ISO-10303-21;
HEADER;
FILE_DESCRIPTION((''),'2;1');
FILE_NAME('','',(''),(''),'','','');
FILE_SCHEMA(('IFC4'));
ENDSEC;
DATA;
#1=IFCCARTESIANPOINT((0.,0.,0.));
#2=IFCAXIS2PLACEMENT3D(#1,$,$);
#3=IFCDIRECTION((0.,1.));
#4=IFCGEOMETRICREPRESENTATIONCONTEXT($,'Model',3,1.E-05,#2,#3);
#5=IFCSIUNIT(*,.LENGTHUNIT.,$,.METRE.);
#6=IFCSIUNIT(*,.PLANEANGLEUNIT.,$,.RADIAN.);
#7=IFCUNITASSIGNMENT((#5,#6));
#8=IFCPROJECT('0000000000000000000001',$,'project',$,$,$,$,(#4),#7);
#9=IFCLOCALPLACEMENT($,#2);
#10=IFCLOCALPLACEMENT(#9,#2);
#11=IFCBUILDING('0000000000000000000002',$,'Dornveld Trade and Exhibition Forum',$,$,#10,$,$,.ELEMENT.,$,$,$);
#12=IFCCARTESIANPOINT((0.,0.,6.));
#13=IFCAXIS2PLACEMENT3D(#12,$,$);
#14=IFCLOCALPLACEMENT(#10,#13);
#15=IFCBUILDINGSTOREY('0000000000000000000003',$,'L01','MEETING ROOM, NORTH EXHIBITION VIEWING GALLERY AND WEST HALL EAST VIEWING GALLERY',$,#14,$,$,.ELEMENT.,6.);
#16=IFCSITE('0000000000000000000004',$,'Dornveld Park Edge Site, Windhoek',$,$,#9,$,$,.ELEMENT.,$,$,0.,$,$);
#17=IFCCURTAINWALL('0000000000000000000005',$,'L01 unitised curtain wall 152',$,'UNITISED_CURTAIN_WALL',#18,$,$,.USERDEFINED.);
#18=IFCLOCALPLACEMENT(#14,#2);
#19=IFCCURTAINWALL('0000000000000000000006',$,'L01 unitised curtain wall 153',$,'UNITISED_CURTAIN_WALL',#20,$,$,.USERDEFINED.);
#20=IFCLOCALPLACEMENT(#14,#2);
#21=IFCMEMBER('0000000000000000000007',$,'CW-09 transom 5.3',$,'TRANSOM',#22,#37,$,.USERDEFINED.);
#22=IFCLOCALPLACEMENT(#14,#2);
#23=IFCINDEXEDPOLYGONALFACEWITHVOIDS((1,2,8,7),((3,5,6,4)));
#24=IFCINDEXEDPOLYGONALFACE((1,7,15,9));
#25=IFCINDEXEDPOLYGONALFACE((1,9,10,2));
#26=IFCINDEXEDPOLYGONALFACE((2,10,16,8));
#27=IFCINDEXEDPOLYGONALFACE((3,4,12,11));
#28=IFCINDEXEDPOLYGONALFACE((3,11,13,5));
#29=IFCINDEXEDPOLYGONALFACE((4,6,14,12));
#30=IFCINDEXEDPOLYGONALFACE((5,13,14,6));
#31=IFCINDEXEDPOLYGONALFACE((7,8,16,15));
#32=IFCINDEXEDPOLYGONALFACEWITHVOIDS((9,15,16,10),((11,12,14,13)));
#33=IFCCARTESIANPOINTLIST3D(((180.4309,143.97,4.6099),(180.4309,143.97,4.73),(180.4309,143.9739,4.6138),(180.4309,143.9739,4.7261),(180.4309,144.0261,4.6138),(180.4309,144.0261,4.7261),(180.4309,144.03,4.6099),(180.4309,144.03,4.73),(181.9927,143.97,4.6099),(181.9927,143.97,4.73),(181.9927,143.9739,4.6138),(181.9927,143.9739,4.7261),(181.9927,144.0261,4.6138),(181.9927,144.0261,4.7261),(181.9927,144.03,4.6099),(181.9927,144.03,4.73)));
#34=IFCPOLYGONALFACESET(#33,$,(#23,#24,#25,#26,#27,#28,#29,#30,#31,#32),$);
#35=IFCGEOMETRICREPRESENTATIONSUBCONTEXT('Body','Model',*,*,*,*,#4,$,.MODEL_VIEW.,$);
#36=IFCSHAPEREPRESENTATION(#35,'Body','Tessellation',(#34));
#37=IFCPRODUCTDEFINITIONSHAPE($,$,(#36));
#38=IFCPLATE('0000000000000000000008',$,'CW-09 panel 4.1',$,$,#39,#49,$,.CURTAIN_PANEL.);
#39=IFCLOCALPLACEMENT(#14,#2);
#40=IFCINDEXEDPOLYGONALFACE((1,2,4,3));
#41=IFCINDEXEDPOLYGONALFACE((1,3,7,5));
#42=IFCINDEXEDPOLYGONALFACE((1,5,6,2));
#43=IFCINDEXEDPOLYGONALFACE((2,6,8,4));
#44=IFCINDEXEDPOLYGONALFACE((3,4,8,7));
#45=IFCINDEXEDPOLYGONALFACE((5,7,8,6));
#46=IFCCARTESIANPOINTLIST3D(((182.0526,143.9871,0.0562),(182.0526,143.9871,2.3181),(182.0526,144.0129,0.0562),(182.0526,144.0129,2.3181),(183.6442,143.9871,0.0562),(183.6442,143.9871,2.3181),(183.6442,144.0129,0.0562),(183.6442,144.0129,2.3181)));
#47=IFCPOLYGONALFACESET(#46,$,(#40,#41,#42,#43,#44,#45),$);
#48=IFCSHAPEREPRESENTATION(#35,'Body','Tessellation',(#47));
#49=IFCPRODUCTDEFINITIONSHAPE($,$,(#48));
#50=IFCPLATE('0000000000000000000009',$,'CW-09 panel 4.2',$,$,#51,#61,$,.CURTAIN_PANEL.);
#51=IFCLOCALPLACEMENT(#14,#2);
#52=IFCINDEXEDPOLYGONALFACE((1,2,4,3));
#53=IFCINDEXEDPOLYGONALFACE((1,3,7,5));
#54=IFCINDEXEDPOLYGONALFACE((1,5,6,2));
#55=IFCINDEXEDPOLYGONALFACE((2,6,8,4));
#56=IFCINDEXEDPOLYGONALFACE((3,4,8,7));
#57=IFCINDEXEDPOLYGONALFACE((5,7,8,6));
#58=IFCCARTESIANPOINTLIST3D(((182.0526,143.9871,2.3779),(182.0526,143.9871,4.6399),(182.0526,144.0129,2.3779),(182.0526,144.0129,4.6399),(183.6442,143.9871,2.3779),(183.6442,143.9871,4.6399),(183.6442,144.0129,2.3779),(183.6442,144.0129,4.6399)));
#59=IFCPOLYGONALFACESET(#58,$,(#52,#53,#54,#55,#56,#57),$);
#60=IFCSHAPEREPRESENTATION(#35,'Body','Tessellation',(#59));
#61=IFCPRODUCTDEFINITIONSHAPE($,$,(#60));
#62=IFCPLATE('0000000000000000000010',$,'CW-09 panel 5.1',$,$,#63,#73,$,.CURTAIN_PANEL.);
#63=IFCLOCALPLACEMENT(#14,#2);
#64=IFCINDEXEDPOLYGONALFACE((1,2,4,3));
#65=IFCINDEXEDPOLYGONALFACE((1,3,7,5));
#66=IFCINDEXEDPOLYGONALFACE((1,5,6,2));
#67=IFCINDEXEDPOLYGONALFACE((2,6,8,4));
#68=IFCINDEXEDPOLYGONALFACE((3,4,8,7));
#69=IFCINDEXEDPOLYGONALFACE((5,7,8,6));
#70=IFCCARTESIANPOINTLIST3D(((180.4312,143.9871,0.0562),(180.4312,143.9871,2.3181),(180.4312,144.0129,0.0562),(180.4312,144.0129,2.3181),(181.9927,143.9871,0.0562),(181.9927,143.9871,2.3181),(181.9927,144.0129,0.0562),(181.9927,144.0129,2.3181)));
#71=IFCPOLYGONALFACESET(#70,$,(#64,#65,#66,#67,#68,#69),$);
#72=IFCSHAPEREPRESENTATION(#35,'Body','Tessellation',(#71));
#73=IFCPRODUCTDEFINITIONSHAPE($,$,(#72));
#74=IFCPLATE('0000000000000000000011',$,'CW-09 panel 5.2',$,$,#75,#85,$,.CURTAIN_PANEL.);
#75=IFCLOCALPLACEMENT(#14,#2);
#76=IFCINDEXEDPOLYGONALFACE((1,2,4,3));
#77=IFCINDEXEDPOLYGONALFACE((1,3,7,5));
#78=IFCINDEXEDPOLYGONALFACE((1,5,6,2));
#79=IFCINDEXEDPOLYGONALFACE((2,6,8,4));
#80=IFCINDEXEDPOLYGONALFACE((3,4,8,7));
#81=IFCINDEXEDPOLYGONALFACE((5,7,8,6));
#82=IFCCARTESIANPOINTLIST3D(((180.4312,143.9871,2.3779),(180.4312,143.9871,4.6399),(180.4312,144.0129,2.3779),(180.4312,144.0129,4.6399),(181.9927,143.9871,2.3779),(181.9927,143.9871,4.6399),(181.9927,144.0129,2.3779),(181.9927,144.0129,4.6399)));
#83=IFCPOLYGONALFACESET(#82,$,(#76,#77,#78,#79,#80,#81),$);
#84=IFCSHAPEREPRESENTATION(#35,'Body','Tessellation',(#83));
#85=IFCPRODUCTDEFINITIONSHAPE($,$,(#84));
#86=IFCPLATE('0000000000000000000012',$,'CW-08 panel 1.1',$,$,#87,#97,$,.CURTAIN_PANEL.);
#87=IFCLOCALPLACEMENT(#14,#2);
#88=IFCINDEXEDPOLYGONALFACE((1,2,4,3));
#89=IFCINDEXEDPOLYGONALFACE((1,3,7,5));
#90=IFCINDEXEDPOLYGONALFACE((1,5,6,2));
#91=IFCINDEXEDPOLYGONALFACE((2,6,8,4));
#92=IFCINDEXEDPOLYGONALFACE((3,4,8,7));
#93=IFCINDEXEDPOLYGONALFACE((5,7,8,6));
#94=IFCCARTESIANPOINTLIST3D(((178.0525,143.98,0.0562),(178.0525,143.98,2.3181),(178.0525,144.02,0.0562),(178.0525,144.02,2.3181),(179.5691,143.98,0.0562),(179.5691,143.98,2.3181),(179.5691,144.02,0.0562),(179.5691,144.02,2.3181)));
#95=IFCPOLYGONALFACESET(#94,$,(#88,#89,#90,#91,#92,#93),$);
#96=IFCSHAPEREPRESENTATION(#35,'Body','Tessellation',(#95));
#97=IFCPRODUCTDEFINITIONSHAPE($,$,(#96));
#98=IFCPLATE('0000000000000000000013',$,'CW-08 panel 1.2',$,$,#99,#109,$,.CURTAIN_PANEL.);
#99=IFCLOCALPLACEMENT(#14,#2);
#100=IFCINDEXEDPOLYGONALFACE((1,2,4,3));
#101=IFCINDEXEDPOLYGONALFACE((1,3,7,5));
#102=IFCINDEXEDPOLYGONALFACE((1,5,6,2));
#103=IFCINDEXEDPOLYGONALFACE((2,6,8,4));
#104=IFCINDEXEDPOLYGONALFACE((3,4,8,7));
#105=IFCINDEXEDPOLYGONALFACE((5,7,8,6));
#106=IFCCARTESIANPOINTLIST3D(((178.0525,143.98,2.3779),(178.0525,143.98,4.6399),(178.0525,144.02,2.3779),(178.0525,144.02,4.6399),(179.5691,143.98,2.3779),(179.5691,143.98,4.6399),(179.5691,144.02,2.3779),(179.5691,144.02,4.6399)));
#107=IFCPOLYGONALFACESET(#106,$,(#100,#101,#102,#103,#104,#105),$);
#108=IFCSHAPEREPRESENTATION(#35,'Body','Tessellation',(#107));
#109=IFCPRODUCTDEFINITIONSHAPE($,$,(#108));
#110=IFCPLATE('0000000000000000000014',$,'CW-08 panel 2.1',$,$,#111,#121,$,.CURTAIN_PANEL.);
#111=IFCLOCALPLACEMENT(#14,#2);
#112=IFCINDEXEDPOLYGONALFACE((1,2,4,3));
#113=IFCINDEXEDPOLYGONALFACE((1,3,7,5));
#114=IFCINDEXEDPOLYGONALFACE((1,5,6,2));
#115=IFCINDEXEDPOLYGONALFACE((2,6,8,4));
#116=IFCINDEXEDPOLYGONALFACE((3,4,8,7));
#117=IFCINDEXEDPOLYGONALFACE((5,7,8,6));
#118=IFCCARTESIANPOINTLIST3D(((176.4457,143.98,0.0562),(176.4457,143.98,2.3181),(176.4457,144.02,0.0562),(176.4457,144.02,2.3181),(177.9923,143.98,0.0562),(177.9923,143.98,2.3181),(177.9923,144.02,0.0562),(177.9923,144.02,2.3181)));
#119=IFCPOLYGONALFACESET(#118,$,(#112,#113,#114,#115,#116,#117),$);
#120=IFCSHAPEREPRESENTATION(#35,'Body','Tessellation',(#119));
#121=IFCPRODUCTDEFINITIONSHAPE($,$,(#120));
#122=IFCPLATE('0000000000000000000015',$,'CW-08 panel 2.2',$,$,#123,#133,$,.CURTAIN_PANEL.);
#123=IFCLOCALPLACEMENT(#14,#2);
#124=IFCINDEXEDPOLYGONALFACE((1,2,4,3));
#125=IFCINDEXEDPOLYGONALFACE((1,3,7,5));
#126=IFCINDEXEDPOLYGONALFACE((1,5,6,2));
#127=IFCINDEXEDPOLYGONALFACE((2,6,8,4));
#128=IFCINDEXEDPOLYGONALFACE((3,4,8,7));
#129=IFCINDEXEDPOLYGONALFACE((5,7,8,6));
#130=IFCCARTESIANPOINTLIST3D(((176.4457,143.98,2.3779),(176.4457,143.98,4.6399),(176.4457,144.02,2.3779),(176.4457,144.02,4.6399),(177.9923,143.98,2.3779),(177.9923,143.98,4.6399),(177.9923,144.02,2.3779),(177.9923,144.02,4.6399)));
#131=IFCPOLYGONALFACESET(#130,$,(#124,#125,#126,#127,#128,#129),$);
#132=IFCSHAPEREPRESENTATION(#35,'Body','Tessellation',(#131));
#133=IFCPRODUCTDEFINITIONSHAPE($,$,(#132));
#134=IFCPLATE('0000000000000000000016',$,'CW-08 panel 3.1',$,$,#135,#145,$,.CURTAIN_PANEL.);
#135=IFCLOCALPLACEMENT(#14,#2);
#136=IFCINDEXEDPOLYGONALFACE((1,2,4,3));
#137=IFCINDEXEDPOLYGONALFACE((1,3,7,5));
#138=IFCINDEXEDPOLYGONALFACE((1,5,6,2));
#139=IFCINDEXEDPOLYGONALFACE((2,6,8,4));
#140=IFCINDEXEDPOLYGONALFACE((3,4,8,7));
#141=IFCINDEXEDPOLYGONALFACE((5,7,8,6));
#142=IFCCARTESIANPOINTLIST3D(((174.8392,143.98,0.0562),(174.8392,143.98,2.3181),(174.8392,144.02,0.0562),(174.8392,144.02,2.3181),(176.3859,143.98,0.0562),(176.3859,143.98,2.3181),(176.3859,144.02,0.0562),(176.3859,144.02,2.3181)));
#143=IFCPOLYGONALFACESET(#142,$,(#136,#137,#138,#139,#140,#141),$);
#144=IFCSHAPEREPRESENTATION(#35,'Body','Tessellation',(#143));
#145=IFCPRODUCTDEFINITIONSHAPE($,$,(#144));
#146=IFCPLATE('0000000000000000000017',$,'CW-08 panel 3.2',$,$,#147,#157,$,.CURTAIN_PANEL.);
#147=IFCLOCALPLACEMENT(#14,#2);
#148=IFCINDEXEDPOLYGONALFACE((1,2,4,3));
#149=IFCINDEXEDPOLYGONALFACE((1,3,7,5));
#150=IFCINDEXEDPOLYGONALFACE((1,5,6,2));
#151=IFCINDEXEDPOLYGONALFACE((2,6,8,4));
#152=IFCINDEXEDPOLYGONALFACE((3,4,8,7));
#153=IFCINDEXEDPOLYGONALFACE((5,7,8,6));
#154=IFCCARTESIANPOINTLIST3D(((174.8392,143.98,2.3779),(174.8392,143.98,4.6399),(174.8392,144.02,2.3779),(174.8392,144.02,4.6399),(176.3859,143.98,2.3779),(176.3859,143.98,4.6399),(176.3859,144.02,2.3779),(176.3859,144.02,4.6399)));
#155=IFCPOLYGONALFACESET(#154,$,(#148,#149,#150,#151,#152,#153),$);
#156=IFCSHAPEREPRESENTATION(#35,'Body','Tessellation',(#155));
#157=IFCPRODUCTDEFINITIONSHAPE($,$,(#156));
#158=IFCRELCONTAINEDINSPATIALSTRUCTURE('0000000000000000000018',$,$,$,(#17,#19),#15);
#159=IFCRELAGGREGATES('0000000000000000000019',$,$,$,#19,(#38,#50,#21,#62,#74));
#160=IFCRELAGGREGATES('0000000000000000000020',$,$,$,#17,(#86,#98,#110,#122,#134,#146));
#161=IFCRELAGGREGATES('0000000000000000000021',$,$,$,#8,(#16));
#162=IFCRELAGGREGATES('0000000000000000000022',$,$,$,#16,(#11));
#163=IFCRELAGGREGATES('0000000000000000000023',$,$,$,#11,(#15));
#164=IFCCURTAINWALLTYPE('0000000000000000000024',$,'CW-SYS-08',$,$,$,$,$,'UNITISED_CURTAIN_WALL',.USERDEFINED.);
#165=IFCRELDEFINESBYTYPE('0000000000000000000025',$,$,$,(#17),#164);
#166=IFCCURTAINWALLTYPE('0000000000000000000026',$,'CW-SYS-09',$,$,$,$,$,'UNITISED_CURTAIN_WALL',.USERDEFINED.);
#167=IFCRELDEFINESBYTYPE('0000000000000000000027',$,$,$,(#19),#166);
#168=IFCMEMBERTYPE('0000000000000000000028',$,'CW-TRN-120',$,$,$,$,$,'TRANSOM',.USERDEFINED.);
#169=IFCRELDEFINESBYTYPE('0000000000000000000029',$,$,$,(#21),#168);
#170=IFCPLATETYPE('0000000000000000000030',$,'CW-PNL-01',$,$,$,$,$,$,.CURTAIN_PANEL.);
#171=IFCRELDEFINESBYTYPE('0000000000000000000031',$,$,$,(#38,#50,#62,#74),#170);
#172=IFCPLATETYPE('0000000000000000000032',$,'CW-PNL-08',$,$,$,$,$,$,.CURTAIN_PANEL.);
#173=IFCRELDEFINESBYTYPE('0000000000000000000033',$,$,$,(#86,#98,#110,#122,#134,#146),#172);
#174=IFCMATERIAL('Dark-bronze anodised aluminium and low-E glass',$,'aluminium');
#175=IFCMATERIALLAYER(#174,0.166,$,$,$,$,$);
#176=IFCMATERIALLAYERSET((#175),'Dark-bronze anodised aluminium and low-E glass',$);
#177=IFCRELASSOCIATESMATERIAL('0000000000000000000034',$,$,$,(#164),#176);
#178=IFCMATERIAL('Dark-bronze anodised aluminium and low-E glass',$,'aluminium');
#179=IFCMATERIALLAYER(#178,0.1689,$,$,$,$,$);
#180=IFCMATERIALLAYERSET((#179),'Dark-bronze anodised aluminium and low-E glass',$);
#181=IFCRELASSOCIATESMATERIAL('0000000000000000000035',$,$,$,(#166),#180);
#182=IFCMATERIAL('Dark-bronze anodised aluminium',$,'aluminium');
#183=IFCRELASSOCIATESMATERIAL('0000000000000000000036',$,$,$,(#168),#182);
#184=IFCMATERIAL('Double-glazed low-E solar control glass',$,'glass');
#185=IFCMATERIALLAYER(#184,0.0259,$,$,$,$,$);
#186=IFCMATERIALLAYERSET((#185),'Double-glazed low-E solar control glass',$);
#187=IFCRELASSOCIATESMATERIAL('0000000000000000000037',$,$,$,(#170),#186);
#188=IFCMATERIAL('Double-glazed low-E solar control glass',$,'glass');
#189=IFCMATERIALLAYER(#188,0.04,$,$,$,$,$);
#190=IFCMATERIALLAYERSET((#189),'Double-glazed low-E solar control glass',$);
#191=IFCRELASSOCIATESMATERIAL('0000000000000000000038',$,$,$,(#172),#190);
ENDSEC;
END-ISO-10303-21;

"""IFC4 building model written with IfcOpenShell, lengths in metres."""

from ifc_helpers import new_model, si_unit, direction, frame, origin, origin_2d, place, context, subcontext, project, spatial, rectangle, hollow_rectangle, extrude, material, layer, layer_set, material_profile, profile_set, type_object, element, aggregate, save


model = new_model("IFC4")

# Units and contexts
model_context = context("Model", 3, precision=1e-05, world=origin(), true_north=direction((0.0, 1.0)))
body_context = subcontext(model_context, "Body", "Model", "MODEL_VIEW")
ifc_project = project(units=[si_unit("LENGTHUNIT", "METRE"), si_unit("PLANEANGLEUNIT", "RADIAN")], contexts=[model_context])

# Site, building, storey
site_placement = place(None, origin())
site = spatial("IfcSite", under=ifc_project, at=site_placement, Name="Dornveld Park Edge Site, Windhoek", CompositionType="ELEMENT", RefElevation=0.0)
building_placement = place(site_placement, origin())
building = spatial("IfcBuilding", under=site, at=building_placement, Name="Dornveld Trade and Exhibition Forum", CompositionType="ELEMENT")
storey_placement = place(building_placement, frame((0.0, 0.0, 6.0)))
storey = spatial("IfcBuildingStorey", under=building, at=storey_placement, Name="L01", Description="MEETING ROOM, NORTH EXHIBITION VIEWING GALLERY AND WEST HALL EAST VIEWING GALLERY", CompositionType="ELEMENT", Elevation=6.0)

# Curtain walls
ifc_material_1 = material(Name="Dark-bronze anodised aluminium and low-E glass", Category="aluminium")
ifc_layer_1 = layer(ifc_material_1, 0.166)
ifc_layer_set_1 = layer_set([ifc_layer_1], Name="Dark-bronze anodised aluminium and low-E glass")
curtain_wall_type_1 = type_object("IfcCurtainWallType", Name="CW-SYS-08", ElementType="UNITISED_CURTAIN_WALL", PredefinedType="USERDEFINED", material=ifc_layer_set_1)
curtain_wall_1_placement = place(storey_placement, origin())
curtain_wall_1 = element("IfcCurtainWall", 1, at=curtain_wall_1_placement, inside=storey, type_object=curtain_wall_type_1, Name="L01 unitised curtain wall 152", ObjectType="UNITISED_CURTAIN_WALL", PredefinedType="USERDEFINED")
ifc_material_2 = material(Name="Dark-bronze anodised aluminium and low-E glass", Category="aluminium")
ifc_layer_2 = layer(ifc_material_2, 0.1689)
ifc_layer_set_2 = layer_set([ifc_layer_2], Name="Dark-bronze anodised aluminium and low-E glass")
curtain_wall_type_2 = type_object("IfcCurtainWallType", Name="CW-SYS-09", ElementType="UNITISED_CURTAIN_WALL", PredefinedType="USERDEFINED", material=ifc_layer_set_2)
curtain_wall_2_placement = place(storey_placement, origin())
curtain_wall_2 = element("IfcCurtainWall", 2, at=curtain_wall_2_placement, inside=storey, type_object=curtain_wall_type_2, Name="L01 unitised curtain wall 153", ObjectType="UNITISED_CURTAIN_WALL", PredefinedType="USERDEFINED")

# Member
ifc_material_3 = material(Name="Dark-bronze anodised aluminium", Category="aluminium")
ifc_material_profile_1 = material_profile(ifc_material_3, hollow_rectangle(XDim=0.0601, YDim=0.1201, WallThickness=0.0039, at=origin_2d()), Name="RHS 120x60x4")
ifc_profile_set_1 = profile_set([ifc_material_profile_1], Name="Dark-bronze anodised aluminium")
member_type_1 = type_object("IfcMemberType", Name="CW-TRN-120", ElementType="TRANSOM", PredefinedType="USERDEFINED", material=ifc_profile_set_1)
member_1_placement = place(storey_placement, frame((181.9927, 144.0, 4.6699), z_axis=(-1.0, 0.0, 0.0), x_axis=(0.0, -1.0, 0.0)))
member_1 = element("IfcMember", 3, at=member_1_placement, type_object=member_type_1, Name="CW-09 transom 5.3", ObjectType="TRANSOM", PredefinedType="USERDEFINED", context=body_context, shape_type="SweptSolid", body=[
    extrude(hollow_rectangle(XDim=0.0601, YDim=0.1201, WallThickness=0.0039, at=origin_2d()), origin(), (0.0, 0.0, 1.0), 1.5618),
])

# Plates
ifc_material_4 = material(Name="Double-glazed low-E solar control glass", Category="glass")
ifc_layer_3 = layer(ifc_material_4, 0.0259)
ifc_layer_set_3 = layer_set([ifc_layer_3], Name="Double-glazed low-E solar control glass")
plate_type_1 = type_object("IfcPlateType", Name="CW-PNL-01", PredefinedType="CURTAIN_PANEL", material=ifc_layer_set_3)
plate_1_placement = place(storey_placement, frame((182.8484, 144.0, 0.0562), z_axis=(0.0, 0.0, 1.0), x_axis=(-1.0, 0.0, 0.0)))
plate_1 = element("IfcPlate", 4, at=plate_1_placement, type_object=plate_type_1, Name="CW-09 panel 4.1", PredefinedType="CURTAIN_PANEL", context=body_context, shape_type="SweptSolid", body=[
    extrude(rectangle(XDim=1.5916, YDim=0.0259, at=origin_2d()), origin(), (0.0, 0.0, 1.0), 2.262),
])
plate_2_placement = place(storey_placement, frame((182.8484, 144.0, 2.3779), z_axis=(0.0, 0.0, 1.0), x_axis=(-1.0, 0.0, 0.0)))
plate_2 = element("IfcPlate", 5, at=plate_2_placement, type_object=plate_type_1, Name="CW-09 panel 4.2", PredefinedType="CURTAIN_PANEL", context=body_context, shape_type="SweptSolid", body=[
    extrude(rectangle(XDim=1.5916, YDim=0.0259, at=origin_2d()), origin(), (0.0, 0.0, 1.0), 2.262),
])
plate_3_placement = place(storey_placement, frame((181.2119, 144.0, 0.0562), z_axis=(0.0, 0.0, 1.0), x_axis=(-1.0, 0.0, 0.0)))
plate_3 = element("IfcPlate", 6, at=plate_3_placement, type_object=plate_type_1, Name="CW-09 panel 5.1", PredefinedType="CURTAIN_PANEL", context=body_context, shape_type="SweptSolid", body=[
    extrude(rectangle(XDim=1.5615, YDim=0.0259, at=origin_2d()), origin(), (0.0, 0.0, 1.0), 2.262),
])
plate_4_placement = place(storey_placement, frame((181.2119, 144.0, 2.3779), z_axis=(0.0, 0.0, 1.0), x_axis=(-1.0, 0.0, 0.0)))
plate_4 = element("IfcPlate", 7, at=plate_4_placement, type_object=plate_type_1, Name="CW-09 panel 5.2", PredefinedType="CURTAIN_PANEL", context=body_context, shape_type="SweptSolid", body=[
    extrude(rectangle(XDim=1.5615, YDim=0.0259, at=origin_2d()), origin(), (0.0, 0.0, 1.0), 2.262),
])
aggregate(curtain_wall_2, [plate_1, plate_2, member_1, plate_3, plate_4])
ifc_material_5 = material(Name="Double-glazed low-E solar control glass", Category="glass")
ifc_layer_4 = layer(ifc_material_5, 0.04)
ifc_layer_set_4 = layer_set([ifc_layer_4], Name="Double-glazed low-E solar control glass")
plate_type_2 = type_object("IfcPlateType", Name="CW-PNL-08", PredefinedType="CURTAIN_PANEL", material=ifc_layer_set_4)
plate_5_placement = place(storey_placement, frame((178.8108, 144.0, 0.0562), z_axis=(0.0, 0.0, 1.0), x_axis=(-1.0, 0.0, 0.0)))
plate_5 = element("IfcPlate", 8, at=plate_5_placement, type_object=plate_type_2, Name="CW-08 panel 1.1", PredefinedType="CURTAIN_PANEL", context=body_context, shape_type="SweptSolid", body=[
    extrude(rectangle(XDim=1.5166, YDim=0.04, at=origin_2d()), origin(), (0.0, 0.0, 1.0), 2.262),
])
plate_6_placement = place(storey_placement, frame((178.8108, 144.0, 2.3779), z_axis=(0.0, 0.0, 1.0), x_axis=(-1.0, 0.0, 0.0)))
plate_6 = element("IfcPlate", 9, at=plate_6_placement, type_object=plate_type_2, Name="CW-08 panel 1.2", PredefinedType="CURTAIN_PANEL", context=body_context, shape_type="SweptSolid", body=[
    extrude(rectangle(XDim=1.5166, YDim=0.04, at=origin_2d()), origin(), (0.0, 0.0, 1.0), 2.262),
])
plate_7_placement = place(storey_placement, frame((177.219, 144.0, 0.0562), z_axis=(0.0, 0.0, 1.0), x_axis=(-1.0, 0.0, 0.0)))
plate_7 = element("IfcPlate", 10, at=plate_7_placement, type_object=plate_type_2, Name="CW-08 panel 2.1", PredefinedType="CURTAIN_PANEL", context=body_context, shape_type="SweptSolid", body=[
    extrude(rectangle(XDim=1.5466, YDim=0.04, at=origin_2d()), origin(), (0.0, 0.0, 1.0), 2.262),
])
plate_8_placement = place(storey_placement, frame((177.219, 144.0, 2.3779), z_axis=(0.0, 0.0, 1.0), x_axis=(-1.0, 0.0, 0.0)))
plate_8 = element("IfcPlate", 11, at=plate_8_placement, type_object=plate_type_2, Name="CW-08 panel 2.2", PredefinedType="CURTAIN_PANEL", context=body_context, shape_type="SweptSolid", body=[
    extrude(rectangle(XDim=1.5466, YDim=0.04, at=origin_2d()), origin(), (0.0, 0.0, 1.0), 2.262),
])
plate_9_placement = place(storey_placement, frame((175.6125, 144.0, 0.0562), z_axis=(0.0, 0.0, 1.0), x_axis=(-1.0, 0.0, 0.0)))
plate_9 = element("IfcPlate", 12, at=plate_9_placement, type_object=plate_type_2, Name="CW-08 panel 3.1", PredefinedType="CURTAIN_PANEL", context=body_context, shape_type="SweptSolid", body=[
    extrude(rectangle(XDim=1.5466, YDim=0.04, at=origin_2d()), origin(), (0.0, 0.0, 1.0), 2.262),
])
plate_10_placement = place(storey_placement, frame((175.6125, 144.0, 2.3779), z_axis=(0.0, 0.0, 1.0), x_axis=(-1.0, 0.0, 0.0)))
plate_10 = element("IfcPlate", 13, at=plate_10_placement, type_object=plate_type_2, Name="CW-08 panel 3.2", PredefinedType="CURTAIN_PANEL", context=body_context, shape_type="SweptSolid", body=[
    extrude(rectangle(XDim=1.5466, YDim=0.04, at=origin_2d()), origin(), (0.0, 0.0, 1.0), 2.262),
])
aggregate(curtain_wall_1, [plate_5, plate_6, plate_7, plate_8, plate_9, plate_10])

save(model, "model.ifc")
